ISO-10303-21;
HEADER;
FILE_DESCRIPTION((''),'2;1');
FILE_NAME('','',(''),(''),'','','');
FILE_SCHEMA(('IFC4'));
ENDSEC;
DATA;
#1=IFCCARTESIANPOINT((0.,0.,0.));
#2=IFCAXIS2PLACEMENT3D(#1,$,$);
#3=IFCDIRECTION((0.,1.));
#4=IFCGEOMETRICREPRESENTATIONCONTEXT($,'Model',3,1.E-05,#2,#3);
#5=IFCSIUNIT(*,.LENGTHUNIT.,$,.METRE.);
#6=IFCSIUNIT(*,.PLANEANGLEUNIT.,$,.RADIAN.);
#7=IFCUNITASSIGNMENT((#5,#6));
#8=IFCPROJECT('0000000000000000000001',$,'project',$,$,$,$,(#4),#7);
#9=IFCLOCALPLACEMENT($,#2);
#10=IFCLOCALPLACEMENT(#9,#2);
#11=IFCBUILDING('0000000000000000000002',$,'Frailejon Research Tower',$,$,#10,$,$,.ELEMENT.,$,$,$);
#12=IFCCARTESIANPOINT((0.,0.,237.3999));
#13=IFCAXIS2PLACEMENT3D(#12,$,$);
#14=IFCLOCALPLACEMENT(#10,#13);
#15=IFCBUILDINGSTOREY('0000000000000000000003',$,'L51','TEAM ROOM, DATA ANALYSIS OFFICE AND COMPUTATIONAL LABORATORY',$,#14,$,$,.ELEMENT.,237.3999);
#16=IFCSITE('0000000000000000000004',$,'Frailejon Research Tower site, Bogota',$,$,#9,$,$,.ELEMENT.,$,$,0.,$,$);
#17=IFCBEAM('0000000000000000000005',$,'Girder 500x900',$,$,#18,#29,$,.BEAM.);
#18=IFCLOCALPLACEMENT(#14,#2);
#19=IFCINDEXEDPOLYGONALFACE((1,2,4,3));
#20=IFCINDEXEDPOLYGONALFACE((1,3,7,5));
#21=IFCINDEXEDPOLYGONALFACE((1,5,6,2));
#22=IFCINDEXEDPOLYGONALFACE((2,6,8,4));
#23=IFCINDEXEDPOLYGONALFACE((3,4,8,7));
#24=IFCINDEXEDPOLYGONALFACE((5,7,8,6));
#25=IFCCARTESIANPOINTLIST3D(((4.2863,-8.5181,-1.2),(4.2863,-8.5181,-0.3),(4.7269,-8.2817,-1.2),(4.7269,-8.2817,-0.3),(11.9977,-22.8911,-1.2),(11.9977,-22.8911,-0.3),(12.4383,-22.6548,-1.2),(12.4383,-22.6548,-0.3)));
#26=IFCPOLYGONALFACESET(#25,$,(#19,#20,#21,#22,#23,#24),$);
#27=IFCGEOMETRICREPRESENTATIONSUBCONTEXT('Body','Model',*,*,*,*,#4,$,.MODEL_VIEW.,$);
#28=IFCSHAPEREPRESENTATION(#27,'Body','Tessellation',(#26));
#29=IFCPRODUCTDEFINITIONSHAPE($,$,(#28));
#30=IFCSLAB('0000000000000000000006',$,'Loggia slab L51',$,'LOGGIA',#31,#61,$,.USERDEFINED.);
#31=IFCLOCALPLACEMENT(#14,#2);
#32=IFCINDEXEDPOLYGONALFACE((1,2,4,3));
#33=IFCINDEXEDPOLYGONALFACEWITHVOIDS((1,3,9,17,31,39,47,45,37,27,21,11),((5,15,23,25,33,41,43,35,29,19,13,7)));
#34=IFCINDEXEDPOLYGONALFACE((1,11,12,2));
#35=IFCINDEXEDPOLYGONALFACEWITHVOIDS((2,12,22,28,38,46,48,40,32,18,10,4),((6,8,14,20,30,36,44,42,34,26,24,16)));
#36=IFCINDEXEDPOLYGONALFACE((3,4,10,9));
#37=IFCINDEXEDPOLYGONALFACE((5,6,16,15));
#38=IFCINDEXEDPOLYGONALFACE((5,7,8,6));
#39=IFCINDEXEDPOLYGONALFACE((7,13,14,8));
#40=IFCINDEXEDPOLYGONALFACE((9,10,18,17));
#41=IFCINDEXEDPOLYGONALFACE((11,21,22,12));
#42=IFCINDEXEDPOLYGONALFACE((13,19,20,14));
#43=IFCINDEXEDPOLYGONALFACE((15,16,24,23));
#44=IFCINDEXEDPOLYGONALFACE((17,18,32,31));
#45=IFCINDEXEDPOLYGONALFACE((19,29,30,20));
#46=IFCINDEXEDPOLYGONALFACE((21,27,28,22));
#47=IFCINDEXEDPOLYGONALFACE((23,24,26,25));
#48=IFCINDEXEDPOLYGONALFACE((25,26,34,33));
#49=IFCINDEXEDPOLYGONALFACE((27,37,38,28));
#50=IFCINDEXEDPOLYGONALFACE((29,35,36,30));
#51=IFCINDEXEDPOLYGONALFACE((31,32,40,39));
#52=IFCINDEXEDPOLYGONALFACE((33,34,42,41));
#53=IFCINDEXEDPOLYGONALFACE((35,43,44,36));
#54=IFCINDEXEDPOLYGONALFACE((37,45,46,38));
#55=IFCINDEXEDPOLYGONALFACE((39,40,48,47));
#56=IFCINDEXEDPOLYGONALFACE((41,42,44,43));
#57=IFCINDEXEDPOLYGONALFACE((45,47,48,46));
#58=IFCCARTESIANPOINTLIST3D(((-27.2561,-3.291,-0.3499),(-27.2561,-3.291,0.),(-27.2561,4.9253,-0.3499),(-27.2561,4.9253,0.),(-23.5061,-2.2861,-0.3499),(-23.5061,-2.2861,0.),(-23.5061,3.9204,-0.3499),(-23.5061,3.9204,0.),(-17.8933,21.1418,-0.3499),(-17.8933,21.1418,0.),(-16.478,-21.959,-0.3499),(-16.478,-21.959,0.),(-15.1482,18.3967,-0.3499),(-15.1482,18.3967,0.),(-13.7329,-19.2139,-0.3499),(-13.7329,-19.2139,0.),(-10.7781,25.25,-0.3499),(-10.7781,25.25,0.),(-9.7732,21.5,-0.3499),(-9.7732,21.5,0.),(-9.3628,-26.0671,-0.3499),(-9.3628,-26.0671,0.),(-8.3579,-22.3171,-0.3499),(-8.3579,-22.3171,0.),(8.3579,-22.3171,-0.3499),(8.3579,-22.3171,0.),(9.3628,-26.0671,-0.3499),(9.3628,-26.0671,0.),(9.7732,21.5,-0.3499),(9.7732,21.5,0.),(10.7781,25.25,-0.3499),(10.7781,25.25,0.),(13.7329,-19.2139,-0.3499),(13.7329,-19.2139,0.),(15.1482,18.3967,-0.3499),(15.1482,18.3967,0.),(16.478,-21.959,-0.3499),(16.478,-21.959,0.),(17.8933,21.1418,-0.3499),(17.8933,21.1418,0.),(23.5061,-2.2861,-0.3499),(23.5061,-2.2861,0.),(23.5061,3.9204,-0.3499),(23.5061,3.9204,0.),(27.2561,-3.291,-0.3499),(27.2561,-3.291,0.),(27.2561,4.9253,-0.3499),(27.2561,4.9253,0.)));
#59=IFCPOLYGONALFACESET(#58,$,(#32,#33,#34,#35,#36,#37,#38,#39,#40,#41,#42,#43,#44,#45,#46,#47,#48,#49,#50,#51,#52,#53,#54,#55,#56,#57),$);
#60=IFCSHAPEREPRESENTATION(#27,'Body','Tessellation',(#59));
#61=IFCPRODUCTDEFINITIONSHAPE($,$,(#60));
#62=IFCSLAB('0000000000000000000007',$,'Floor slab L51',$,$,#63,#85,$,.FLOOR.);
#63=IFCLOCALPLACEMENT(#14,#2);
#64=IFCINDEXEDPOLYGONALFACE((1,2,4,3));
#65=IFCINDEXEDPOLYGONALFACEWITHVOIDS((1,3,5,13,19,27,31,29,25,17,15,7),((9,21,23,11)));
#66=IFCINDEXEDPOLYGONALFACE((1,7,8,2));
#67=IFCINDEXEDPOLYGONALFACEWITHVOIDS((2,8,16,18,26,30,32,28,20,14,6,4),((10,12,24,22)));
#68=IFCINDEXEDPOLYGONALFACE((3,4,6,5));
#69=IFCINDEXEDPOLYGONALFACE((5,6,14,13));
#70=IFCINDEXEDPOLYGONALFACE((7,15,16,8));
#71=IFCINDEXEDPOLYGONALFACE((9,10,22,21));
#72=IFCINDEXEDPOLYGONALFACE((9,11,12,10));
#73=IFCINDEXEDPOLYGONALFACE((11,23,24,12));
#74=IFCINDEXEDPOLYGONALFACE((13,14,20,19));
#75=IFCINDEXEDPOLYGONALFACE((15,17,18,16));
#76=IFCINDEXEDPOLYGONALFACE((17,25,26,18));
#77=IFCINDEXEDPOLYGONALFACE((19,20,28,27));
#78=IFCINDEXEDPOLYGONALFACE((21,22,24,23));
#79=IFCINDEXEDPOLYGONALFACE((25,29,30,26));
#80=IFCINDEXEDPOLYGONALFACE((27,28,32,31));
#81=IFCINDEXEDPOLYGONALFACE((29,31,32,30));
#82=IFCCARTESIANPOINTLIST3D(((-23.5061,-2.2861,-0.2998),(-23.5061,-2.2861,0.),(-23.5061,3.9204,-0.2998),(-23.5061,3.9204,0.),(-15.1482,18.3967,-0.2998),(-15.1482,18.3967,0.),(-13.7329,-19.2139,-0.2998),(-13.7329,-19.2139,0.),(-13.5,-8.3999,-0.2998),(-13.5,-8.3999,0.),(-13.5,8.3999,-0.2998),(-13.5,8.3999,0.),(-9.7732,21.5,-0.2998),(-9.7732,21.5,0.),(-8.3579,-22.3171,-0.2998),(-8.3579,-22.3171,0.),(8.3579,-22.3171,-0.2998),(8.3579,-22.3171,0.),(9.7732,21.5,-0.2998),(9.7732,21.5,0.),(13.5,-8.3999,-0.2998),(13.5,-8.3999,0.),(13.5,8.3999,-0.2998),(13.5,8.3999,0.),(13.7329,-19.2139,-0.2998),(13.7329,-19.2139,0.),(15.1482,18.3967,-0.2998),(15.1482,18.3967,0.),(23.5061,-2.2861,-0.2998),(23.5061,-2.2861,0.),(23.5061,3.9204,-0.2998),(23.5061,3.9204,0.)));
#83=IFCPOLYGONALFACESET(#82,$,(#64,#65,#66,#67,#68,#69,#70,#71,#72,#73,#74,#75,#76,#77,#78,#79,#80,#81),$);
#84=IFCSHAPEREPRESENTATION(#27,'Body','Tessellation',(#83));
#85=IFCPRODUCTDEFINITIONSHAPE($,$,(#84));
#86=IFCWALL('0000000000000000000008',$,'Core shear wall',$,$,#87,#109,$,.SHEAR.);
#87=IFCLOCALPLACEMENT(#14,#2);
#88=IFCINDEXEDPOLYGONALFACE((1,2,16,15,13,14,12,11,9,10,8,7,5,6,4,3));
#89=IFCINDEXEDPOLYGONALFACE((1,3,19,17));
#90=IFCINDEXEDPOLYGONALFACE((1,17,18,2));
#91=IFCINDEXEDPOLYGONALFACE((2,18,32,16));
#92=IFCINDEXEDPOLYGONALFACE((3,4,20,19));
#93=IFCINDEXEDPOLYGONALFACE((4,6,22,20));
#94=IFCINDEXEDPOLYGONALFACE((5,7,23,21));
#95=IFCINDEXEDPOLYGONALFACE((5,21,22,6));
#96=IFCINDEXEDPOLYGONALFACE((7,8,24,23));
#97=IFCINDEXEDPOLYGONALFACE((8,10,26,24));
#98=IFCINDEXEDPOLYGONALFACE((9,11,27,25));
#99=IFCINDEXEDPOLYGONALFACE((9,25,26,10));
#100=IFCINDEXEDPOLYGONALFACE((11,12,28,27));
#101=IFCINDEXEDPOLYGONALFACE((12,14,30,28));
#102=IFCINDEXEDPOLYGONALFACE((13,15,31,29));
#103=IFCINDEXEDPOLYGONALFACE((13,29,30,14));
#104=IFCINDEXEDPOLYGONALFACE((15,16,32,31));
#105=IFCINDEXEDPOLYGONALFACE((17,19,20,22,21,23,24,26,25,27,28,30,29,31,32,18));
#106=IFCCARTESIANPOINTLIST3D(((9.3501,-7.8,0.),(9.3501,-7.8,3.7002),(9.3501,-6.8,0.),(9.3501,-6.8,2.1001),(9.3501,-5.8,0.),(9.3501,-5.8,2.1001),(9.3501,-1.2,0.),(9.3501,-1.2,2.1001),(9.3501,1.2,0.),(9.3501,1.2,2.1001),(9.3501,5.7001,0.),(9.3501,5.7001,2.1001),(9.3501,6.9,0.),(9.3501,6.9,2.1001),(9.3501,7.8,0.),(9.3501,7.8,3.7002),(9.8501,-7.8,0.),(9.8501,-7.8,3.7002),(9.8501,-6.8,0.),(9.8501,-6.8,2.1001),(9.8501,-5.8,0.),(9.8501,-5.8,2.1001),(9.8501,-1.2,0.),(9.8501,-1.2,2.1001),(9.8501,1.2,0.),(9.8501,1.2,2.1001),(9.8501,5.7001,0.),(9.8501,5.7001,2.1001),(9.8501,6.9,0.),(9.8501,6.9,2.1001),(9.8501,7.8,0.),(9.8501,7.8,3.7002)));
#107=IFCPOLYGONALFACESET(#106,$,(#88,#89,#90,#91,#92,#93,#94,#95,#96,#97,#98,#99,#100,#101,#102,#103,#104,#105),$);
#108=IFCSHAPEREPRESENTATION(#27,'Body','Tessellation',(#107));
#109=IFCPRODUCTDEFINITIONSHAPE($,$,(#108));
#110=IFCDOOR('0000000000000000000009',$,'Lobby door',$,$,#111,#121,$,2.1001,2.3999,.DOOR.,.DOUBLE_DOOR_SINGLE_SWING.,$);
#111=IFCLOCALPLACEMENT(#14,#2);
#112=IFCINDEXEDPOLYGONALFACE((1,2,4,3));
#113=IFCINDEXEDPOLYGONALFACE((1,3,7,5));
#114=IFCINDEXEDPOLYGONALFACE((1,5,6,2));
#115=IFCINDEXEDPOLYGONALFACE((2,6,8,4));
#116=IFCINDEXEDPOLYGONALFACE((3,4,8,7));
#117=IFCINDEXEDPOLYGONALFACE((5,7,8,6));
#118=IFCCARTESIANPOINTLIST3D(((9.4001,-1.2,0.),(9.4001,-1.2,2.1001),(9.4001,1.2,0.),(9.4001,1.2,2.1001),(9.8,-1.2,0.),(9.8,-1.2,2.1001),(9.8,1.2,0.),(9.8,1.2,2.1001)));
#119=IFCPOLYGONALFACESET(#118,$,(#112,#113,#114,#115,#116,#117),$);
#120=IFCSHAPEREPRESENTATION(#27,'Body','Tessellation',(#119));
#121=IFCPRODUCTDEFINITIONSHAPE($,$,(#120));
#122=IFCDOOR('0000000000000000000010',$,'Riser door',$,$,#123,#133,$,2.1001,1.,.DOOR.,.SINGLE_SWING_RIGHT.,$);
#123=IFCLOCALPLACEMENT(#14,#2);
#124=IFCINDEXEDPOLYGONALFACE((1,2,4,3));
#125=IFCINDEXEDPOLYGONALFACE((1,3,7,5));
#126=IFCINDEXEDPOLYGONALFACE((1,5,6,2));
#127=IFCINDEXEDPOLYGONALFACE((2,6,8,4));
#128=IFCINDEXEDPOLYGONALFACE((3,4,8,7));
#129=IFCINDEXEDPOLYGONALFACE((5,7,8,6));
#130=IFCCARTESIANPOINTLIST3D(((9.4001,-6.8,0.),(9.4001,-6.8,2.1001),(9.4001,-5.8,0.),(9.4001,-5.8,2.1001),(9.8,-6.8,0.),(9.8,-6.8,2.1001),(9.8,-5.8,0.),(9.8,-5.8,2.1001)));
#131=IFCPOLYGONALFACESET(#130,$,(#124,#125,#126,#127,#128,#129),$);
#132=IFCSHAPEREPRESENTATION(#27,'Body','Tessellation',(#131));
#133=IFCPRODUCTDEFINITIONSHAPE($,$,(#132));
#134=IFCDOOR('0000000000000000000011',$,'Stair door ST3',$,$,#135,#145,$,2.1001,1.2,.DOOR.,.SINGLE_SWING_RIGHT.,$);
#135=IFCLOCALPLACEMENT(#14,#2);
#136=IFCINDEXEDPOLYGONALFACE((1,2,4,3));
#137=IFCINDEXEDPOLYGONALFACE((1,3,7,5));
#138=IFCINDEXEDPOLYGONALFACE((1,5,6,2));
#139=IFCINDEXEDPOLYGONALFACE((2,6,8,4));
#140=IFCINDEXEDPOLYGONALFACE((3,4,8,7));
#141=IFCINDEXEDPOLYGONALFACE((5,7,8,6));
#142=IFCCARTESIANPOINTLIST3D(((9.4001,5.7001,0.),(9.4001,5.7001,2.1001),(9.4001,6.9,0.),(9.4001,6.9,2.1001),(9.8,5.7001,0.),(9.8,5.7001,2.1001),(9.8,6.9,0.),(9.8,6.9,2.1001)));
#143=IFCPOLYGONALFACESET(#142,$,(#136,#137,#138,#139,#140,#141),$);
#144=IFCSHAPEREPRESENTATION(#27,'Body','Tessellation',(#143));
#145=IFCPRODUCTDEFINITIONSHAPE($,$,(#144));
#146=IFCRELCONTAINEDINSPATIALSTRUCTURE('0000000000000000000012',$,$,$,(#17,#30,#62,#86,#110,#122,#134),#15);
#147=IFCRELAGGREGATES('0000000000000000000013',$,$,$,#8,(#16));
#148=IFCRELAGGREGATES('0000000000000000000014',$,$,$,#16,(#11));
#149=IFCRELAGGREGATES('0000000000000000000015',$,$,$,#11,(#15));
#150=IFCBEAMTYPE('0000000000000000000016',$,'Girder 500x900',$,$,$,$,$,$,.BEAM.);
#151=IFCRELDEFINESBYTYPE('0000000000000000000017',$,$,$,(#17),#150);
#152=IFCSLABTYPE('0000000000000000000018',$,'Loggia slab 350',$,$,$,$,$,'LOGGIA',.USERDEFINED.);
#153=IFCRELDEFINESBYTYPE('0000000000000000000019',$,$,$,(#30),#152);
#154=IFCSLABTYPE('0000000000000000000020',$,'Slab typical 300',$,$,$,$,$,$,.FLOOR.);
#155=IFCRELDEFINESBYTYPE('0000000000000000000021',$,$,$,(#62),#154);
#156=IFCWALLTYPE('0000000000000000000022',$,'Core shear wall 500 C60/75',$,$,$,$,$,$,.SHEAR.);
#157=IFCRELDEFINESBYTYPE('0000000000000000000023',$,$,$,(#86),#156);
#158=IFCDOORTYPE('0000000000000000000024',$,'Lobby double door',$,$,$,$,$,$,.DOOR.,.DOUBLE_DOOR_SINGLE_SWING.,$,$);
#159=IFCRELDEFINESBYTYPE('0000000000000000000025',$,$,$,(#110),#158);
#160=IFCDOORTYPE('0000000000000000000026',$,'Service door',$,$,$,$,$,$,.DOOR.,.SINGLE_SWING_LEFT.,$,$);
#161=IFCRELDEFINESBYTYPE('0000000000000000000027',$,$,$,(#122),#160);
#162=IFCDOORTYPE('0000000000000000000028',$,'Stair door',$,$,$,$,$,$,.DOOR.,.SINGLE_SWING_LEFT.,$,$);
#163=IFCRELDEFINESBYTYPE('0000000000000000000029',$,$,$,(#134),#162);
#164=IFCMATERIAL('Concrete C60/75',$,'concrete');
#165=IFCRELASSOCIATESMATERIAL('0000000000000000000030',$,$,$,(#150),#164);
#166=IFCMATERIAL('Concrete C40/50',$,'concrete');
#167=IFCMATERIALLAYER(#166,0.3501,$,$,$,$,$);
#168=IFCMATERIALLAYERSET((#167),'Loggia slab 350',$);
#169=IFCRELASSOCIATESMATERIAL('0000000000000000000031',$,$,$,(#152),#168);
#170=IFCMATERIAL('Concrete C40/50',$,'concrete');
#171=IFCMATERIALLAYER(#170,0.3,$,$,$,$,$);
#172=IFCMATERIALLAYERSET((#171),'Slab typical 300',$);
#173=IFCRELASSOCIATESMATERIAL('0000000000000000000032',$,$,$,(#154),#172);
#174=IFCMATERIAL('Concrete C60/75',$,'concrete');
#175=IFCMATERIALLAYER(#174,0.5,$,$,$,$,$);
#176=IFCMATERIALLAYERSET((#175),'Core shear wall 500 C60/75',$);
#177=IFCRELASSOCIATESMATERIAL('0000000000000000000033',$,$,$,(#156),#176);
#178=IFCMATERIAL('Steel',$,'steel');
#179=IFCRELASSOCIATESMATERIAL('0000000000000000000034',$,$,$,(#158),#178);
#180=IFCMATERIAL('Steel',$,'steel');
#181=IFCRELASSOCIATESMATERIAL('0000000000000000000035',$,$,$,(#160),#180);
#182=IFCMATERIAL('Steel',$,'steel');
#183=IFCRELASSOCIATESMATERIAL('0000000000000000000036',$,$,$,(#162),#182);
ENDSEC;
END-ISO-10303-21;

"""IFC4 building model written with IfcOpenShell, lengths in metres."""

from ifc_helpers import new_model, si_unit, direction, frame, frame_2d, origin, origin_2d, place, context, subcontext, project, spatial, polyline, rectangle, outline, extrude, material, layer, layer_set, material_profile, profile_set, type_object, element, fill, save


model = new_model("IFC4")

# Units and contexts
model_context = context("Model", 3, precision=1e-05, world=origin(), true_north=direction((0.0, 1.0)))
body_context = subcontext(model_context, "Body", "Model", "MODEL_VIEW")
ifc_project = project(units=[si_unit("LENGTHUNIT", "METRE"), si_unit("PLANEANGLEUNIT", "RADIAN")], contexts=[model_context])

# Site, building, storey
site_placement = place(None, origin())
site = spatial("IfcSite", under=ifc_project, at=site_placement, Name="Frailejon Research Tower site, Bogota", CompositionType="ELEMENT", RefElevation=0.0)
building_placement = place(site_placement, origin())
building = spatial("IfcBuilding", under=site, at=building_placement, Name="Frailejon Research Tower", CompositionType="ELEMENT")
storey_placement = place(building_placement, frame((0.0, 0.0, 237.3999)))
storey = spatial("IfcBuildingStorey", under=building, at=storey_placement, Name="L51", Description="TEAM ROOM, DATA ANALYSIS OFFICE AND COMPUTATIONAL LABORATORY", CompositionType="ELEMENT", Elevation=237.3999)

# Beam
ifc_material_1 = material(Name="Concrete C60/75", Category="concrete")
ifc_material_profile = material_profile(ifc_material_1, rectangle(XDim=0.5, YDim=0.8999, at=origin_2d()), Name="Girder 500x900")
ifc_profile_set = profile_set([ifc_material_profile], Name="Concrete C60/75")
beam_type = type_object("IfcBeamType", Name="Girder 500x900", PredefinedType="BEAM", material=ifc_profile_set)
beam_placement = place(storey_placement, frame((12.218, -22.7729, -0.75), z_axis=(-0.472773, 0.881184, 0.0), x_axis=(-0.881184, -0.472773, 0.0)))
element("IfcBeam", 1, at=beam_placement, inside=storey, type_object=beam_type, Name="Girder 500x900", PredefinedType="BEAM", context=body_context, shape_type="SweptSolid", body=[
    extrude(rectangle(XDim=0.5, YDim=0.8999, at=origin_2d()), origin(), (0.0, 0.0, 1.0), 16.311),
])

# Slabs
ifc_material_2 = material(Name="Concrete C40/50", Category="concrete")
ifc_layer_1 = layer(ifc_material_2, 0.3501)
ifc_layer_set_1 = layer_set([ifc_layer_1], Name="Loggia slab 350")
slab_type_1 = type_object("IfcSlabType", Name="Loggia slab 350", ElementType="LOGGIA", PredefinedType="USERDEFINED", material=ifc_layer_set_1)
slab_1_placement = place(storey_placement, frame((0.0, 0.0, -0.3499)))
element("IfcSlab", 2, at=slab_1_placement, inside=storey, type_object=slab_type_1, Name="Loggia slab L51", ObjectType="LOGGIA", PredefinedType="USERDEFINED", context=body_context, shape_type="SweptSolid", body=[
    extrude(outline(polyline([(16.478, -21.959), (9.3628, -26.0671), (-9.3628, -26.0671), (-16.478, -21.959), (-27.2561, -3.291), (-27.2561, 4.9253), (-17.8933, 21.1418), (-10.7781, 25.25), (10.7781, 25.25), (17.8933, 21.1418), (27.2561, 4.9253), (27.2561, -3.291), (16.478, -21.959)]), holes=[polyline([(23.5061, 3.9204), (15.1482, 18.3967), (9.7732, 21.5), (-9.7732, 21.5), (-15.1482, 18.3967), (-23.5061, 3.9204), (-23.5061, -2.2861), (-13.7329, -19.2139), (-8.3579, -22.3171), (8.3579, -22.3171), (13.7329, -19.2139), (23.5061, -2.2861), (23.5061, 3.9204)])]), origin(), (0.0, 0.0, 1.0), 0.3499),
])
ifc_material_3 = material(Name="Concrete C40/50", Category="concrete")
ifc_layer_2 = layer(ifc_material_3, 0.3)
ifc_layer_set_2 = layer_set([ifc_layer_2], Name="Slab typical 300")
slab_type_2 = type_object("IfcSlabType", Name="Slab typical 300", PredefinedType="FLOOR", material=ifc_layer_set_2)
slab_2_placement = place(storey_placement, frame((0.0, 0.0, -0.2998)))
element("IfcSlab", 3, at=slab_2_placement, inside=storey, type_object=slab_type_2, Name="Floor slab L51", PredefinedType="FLOOR", context=body_context, shape_type="SweptSolid", body=[
    extrude(outline(polyline([(23.5061, -2.2861), (23.5061, 3.9204), (15.1482, 18.3967), (9.7732, 21.5), (-9.7732, 21.5), (-15.1482, 18.3967), (-23.5061, 3.9204), (-23.5061, -2.2861), (-13.7329, -19.2139), (-8.3579, -22.3171), (8.3579, -22.3171), (13.7329, -19.2139), (23.5061, -2.2861)]), holes=[polyline([(13.5, -8.3999), (-13.5, -8.3999), (-13.5, 8.3999), (13.5, 8.3999), (13.5, -8.3999)])]), origin(), (0.0, 0.0, 1.0), 0.2998),
])

# Wall, openings, doors
ifc_material_4 = material(Name="Concrete C60/75", Category="concrete")
ifc_layer_3 = layer(ifc_material_4, 0.5)
ifc_layer_set_3 = layer_set([ifc_layer_3], Name="Core shear wall 500 C60/75")
wall_type_1 = type_object("IfcWallType", Name="Core shear wall 500 C60/75", PredefinedType="SHEAR", material=ifc_layer_set_3)
wall_1_placement = place(storey_placement, frame((9.6001, -7.8, 0.0), z_axis=(0.0, 0.0, 1.0), x_axis=(0.0, 1.0, 0.0)))
wall_1 = element("IfcWall", 4, at=wall_1_placement, inside=storey, type_object=wall_type_1, Name="Core shear wall", PredefinedType="SHEAR", context=body_context, shape_type="SweptSolid", body=[
    extrude(rectangle(XDim=15.6001, YDim=0.5, at=frame_2d((7.8, 0.0))), origin(), (0.0, 0.0, 1.0), 3.7002),
])
opening_1_placement = place(wall_1_placement, frame((6.6001, 0.0, 0.0)))
opening_1 = element("IfcOpeningElement", 5, at=opening_1_placement, cuts=wall_1, PredefinedType="OPENING", context=body_context, shape_type="SweptSolid", body=[
    extrude(rectangle(XDim=2.3999, YDim=2.1001, at=frame_2d((1.2, 1.05))), frame((0.0, 0.26, 0.0), z_axis=(0.0, -1.0, 0.0), x_axis=(1.0, 0.0, 0.0)), (0.0, 0.0, 1.0), 0.52),
])
opening_2_placement = place(wall_1_placement, frame((13.5, 0.0, 0.0)))
opening_2 = element("IfcOpeningElement", 6, at=opening_2_placement, cuts=wall_1, PredefinedType="OPENING", context=body_context, shape_type="SweptSolid", body=[
    extrude(rectangle(XDim=1.2, YDim=2.1001, at=frame_2d((0.6001, 1.05))), frame((0.0, 0.26, 0.0), z_axis=(0.0, -1.0, 0.0), x_axis=(1.0, 0.0, 0.0)), (0.0, 0.0, 1.0), 0.52),
])
opening_3_placement = place(wall_1_placement, frame((1.0, 0.0, 0.0)))
opening_3 = element("IfcOpeningElement", 7, at=opening_3_placement, cuts=wall_1, PredefinedType="OPENING", context=body_context, shape_type="SweptSolid", body=[
    extrude(rectangle(XDim=1.0, YDim=2.1001, at=frame_2d((0.5, 1.05))), frame((0.0, 0.26, 0.0), z_axis=(0.0, -1.0, 0.0), x_axis=(1.0, 0.0, 0.0)), (0.0, 0.0, 1.0), 0.52),
])
ifc_material_5 = material(Name="Steel", Category="steel")
door_type_1 = type_object("IfcDoorType", Name="Lobby double door", OperationType="DOUBLE_DOOR_SINGLE_SWING", PredefinedType="DOOR", material=ifc_material_5)
door_1_placement = place(opening_1_placement, origin())
door_1 = element("IfcDoor", 8, at=door_1_placement, inside=storey, type_object=door_type_1, Name="Lobby door", OperationType="DOUBLE_DOOR_SINGLE_SWING", OverallHeight=2.1001, OverallWidth=2.3999, PredefinedType="DOOR", context=body_context, shape_type="SweptSolid", body=[
    extrude(rectangle(XDim=2.3999, YDim=2.1001, at=frame_2d((1.2, 1.05))), frame((0.0, 0.2, 0.0), z_axis=(0.0, -1.0, 0.0), x_axis=(1.0, 0.0, 0.0)), (0.0, 0.0, 1.0), 0.3999),
])
fill(opening_1, door_1)
ifc_material_6 = material(Name="Steel", Category="steel")
door_type_2 = type_object("IfcDoorType", Name="Service door", OperationType="SINGLE_SWING_LEFT", PredefinedType="DOOR", material=ifc_material_6)
door_2_placement = place(opening_3_placement, origin())
door_2 = element("IfcDoor", 9, at=door_2_placement, inside=storey, type_object=door_type_2, Name="Riser door", OperationType="SINGLE_SWING_RIGHT", OverallHeight=2.1001, OverallWidth=1.0, PredefinedType="DOOR", context=body_context, shape_type="SweptSolid", body=[
    extrude(rectangle(XDim=1.0, YDim=2.1001, at=frame_2d((0.5, 1.05))), frame((0.0, 0.2, 0.0), z_axis=(0.0, -1.0, 0.0), x_axis=(1.0, 0.0, 0.0)), (0.0, 0.0, 1.0), 0.3999),
])
fill(opening_3, door_2)
ifc_material_7 = material(Name="Steel", Category="steel")
door_type_3 = type_object("IfcDoorType", Name="Stair door", OperationType="SINGLE_SWING_LEFT", PredefinedType="DOOR", material=ifc_material_7)
door_3_placement = place(opening_2_placement, origin())
door_3 = element("IfcDoor", 10, at=door_3_placement, inside=storey, type_object=door_type_3, Name="Stair door ST3", OperationType="SINGLE_SWING_RIGHT", OverallHeight=2.1001, OverallWidth=1.2, PredefinedType="DOOR", context=body_context, shape_type="SweptSolid", body=[
    extrude(rectangle(XDim=1.2, YDim=2.1001, at=frame_2d((0.6001, 1.05))), frame((0.0, 0.2, 0.0), z_axis=(0.0, -1.0, 0.0), x_axis=(1.0, 0.0, 0.0)), (0.0, 0.0, 1.0), 0.3999),
])
fill(opening_2, door_3)

save(model, "model.ifc")
